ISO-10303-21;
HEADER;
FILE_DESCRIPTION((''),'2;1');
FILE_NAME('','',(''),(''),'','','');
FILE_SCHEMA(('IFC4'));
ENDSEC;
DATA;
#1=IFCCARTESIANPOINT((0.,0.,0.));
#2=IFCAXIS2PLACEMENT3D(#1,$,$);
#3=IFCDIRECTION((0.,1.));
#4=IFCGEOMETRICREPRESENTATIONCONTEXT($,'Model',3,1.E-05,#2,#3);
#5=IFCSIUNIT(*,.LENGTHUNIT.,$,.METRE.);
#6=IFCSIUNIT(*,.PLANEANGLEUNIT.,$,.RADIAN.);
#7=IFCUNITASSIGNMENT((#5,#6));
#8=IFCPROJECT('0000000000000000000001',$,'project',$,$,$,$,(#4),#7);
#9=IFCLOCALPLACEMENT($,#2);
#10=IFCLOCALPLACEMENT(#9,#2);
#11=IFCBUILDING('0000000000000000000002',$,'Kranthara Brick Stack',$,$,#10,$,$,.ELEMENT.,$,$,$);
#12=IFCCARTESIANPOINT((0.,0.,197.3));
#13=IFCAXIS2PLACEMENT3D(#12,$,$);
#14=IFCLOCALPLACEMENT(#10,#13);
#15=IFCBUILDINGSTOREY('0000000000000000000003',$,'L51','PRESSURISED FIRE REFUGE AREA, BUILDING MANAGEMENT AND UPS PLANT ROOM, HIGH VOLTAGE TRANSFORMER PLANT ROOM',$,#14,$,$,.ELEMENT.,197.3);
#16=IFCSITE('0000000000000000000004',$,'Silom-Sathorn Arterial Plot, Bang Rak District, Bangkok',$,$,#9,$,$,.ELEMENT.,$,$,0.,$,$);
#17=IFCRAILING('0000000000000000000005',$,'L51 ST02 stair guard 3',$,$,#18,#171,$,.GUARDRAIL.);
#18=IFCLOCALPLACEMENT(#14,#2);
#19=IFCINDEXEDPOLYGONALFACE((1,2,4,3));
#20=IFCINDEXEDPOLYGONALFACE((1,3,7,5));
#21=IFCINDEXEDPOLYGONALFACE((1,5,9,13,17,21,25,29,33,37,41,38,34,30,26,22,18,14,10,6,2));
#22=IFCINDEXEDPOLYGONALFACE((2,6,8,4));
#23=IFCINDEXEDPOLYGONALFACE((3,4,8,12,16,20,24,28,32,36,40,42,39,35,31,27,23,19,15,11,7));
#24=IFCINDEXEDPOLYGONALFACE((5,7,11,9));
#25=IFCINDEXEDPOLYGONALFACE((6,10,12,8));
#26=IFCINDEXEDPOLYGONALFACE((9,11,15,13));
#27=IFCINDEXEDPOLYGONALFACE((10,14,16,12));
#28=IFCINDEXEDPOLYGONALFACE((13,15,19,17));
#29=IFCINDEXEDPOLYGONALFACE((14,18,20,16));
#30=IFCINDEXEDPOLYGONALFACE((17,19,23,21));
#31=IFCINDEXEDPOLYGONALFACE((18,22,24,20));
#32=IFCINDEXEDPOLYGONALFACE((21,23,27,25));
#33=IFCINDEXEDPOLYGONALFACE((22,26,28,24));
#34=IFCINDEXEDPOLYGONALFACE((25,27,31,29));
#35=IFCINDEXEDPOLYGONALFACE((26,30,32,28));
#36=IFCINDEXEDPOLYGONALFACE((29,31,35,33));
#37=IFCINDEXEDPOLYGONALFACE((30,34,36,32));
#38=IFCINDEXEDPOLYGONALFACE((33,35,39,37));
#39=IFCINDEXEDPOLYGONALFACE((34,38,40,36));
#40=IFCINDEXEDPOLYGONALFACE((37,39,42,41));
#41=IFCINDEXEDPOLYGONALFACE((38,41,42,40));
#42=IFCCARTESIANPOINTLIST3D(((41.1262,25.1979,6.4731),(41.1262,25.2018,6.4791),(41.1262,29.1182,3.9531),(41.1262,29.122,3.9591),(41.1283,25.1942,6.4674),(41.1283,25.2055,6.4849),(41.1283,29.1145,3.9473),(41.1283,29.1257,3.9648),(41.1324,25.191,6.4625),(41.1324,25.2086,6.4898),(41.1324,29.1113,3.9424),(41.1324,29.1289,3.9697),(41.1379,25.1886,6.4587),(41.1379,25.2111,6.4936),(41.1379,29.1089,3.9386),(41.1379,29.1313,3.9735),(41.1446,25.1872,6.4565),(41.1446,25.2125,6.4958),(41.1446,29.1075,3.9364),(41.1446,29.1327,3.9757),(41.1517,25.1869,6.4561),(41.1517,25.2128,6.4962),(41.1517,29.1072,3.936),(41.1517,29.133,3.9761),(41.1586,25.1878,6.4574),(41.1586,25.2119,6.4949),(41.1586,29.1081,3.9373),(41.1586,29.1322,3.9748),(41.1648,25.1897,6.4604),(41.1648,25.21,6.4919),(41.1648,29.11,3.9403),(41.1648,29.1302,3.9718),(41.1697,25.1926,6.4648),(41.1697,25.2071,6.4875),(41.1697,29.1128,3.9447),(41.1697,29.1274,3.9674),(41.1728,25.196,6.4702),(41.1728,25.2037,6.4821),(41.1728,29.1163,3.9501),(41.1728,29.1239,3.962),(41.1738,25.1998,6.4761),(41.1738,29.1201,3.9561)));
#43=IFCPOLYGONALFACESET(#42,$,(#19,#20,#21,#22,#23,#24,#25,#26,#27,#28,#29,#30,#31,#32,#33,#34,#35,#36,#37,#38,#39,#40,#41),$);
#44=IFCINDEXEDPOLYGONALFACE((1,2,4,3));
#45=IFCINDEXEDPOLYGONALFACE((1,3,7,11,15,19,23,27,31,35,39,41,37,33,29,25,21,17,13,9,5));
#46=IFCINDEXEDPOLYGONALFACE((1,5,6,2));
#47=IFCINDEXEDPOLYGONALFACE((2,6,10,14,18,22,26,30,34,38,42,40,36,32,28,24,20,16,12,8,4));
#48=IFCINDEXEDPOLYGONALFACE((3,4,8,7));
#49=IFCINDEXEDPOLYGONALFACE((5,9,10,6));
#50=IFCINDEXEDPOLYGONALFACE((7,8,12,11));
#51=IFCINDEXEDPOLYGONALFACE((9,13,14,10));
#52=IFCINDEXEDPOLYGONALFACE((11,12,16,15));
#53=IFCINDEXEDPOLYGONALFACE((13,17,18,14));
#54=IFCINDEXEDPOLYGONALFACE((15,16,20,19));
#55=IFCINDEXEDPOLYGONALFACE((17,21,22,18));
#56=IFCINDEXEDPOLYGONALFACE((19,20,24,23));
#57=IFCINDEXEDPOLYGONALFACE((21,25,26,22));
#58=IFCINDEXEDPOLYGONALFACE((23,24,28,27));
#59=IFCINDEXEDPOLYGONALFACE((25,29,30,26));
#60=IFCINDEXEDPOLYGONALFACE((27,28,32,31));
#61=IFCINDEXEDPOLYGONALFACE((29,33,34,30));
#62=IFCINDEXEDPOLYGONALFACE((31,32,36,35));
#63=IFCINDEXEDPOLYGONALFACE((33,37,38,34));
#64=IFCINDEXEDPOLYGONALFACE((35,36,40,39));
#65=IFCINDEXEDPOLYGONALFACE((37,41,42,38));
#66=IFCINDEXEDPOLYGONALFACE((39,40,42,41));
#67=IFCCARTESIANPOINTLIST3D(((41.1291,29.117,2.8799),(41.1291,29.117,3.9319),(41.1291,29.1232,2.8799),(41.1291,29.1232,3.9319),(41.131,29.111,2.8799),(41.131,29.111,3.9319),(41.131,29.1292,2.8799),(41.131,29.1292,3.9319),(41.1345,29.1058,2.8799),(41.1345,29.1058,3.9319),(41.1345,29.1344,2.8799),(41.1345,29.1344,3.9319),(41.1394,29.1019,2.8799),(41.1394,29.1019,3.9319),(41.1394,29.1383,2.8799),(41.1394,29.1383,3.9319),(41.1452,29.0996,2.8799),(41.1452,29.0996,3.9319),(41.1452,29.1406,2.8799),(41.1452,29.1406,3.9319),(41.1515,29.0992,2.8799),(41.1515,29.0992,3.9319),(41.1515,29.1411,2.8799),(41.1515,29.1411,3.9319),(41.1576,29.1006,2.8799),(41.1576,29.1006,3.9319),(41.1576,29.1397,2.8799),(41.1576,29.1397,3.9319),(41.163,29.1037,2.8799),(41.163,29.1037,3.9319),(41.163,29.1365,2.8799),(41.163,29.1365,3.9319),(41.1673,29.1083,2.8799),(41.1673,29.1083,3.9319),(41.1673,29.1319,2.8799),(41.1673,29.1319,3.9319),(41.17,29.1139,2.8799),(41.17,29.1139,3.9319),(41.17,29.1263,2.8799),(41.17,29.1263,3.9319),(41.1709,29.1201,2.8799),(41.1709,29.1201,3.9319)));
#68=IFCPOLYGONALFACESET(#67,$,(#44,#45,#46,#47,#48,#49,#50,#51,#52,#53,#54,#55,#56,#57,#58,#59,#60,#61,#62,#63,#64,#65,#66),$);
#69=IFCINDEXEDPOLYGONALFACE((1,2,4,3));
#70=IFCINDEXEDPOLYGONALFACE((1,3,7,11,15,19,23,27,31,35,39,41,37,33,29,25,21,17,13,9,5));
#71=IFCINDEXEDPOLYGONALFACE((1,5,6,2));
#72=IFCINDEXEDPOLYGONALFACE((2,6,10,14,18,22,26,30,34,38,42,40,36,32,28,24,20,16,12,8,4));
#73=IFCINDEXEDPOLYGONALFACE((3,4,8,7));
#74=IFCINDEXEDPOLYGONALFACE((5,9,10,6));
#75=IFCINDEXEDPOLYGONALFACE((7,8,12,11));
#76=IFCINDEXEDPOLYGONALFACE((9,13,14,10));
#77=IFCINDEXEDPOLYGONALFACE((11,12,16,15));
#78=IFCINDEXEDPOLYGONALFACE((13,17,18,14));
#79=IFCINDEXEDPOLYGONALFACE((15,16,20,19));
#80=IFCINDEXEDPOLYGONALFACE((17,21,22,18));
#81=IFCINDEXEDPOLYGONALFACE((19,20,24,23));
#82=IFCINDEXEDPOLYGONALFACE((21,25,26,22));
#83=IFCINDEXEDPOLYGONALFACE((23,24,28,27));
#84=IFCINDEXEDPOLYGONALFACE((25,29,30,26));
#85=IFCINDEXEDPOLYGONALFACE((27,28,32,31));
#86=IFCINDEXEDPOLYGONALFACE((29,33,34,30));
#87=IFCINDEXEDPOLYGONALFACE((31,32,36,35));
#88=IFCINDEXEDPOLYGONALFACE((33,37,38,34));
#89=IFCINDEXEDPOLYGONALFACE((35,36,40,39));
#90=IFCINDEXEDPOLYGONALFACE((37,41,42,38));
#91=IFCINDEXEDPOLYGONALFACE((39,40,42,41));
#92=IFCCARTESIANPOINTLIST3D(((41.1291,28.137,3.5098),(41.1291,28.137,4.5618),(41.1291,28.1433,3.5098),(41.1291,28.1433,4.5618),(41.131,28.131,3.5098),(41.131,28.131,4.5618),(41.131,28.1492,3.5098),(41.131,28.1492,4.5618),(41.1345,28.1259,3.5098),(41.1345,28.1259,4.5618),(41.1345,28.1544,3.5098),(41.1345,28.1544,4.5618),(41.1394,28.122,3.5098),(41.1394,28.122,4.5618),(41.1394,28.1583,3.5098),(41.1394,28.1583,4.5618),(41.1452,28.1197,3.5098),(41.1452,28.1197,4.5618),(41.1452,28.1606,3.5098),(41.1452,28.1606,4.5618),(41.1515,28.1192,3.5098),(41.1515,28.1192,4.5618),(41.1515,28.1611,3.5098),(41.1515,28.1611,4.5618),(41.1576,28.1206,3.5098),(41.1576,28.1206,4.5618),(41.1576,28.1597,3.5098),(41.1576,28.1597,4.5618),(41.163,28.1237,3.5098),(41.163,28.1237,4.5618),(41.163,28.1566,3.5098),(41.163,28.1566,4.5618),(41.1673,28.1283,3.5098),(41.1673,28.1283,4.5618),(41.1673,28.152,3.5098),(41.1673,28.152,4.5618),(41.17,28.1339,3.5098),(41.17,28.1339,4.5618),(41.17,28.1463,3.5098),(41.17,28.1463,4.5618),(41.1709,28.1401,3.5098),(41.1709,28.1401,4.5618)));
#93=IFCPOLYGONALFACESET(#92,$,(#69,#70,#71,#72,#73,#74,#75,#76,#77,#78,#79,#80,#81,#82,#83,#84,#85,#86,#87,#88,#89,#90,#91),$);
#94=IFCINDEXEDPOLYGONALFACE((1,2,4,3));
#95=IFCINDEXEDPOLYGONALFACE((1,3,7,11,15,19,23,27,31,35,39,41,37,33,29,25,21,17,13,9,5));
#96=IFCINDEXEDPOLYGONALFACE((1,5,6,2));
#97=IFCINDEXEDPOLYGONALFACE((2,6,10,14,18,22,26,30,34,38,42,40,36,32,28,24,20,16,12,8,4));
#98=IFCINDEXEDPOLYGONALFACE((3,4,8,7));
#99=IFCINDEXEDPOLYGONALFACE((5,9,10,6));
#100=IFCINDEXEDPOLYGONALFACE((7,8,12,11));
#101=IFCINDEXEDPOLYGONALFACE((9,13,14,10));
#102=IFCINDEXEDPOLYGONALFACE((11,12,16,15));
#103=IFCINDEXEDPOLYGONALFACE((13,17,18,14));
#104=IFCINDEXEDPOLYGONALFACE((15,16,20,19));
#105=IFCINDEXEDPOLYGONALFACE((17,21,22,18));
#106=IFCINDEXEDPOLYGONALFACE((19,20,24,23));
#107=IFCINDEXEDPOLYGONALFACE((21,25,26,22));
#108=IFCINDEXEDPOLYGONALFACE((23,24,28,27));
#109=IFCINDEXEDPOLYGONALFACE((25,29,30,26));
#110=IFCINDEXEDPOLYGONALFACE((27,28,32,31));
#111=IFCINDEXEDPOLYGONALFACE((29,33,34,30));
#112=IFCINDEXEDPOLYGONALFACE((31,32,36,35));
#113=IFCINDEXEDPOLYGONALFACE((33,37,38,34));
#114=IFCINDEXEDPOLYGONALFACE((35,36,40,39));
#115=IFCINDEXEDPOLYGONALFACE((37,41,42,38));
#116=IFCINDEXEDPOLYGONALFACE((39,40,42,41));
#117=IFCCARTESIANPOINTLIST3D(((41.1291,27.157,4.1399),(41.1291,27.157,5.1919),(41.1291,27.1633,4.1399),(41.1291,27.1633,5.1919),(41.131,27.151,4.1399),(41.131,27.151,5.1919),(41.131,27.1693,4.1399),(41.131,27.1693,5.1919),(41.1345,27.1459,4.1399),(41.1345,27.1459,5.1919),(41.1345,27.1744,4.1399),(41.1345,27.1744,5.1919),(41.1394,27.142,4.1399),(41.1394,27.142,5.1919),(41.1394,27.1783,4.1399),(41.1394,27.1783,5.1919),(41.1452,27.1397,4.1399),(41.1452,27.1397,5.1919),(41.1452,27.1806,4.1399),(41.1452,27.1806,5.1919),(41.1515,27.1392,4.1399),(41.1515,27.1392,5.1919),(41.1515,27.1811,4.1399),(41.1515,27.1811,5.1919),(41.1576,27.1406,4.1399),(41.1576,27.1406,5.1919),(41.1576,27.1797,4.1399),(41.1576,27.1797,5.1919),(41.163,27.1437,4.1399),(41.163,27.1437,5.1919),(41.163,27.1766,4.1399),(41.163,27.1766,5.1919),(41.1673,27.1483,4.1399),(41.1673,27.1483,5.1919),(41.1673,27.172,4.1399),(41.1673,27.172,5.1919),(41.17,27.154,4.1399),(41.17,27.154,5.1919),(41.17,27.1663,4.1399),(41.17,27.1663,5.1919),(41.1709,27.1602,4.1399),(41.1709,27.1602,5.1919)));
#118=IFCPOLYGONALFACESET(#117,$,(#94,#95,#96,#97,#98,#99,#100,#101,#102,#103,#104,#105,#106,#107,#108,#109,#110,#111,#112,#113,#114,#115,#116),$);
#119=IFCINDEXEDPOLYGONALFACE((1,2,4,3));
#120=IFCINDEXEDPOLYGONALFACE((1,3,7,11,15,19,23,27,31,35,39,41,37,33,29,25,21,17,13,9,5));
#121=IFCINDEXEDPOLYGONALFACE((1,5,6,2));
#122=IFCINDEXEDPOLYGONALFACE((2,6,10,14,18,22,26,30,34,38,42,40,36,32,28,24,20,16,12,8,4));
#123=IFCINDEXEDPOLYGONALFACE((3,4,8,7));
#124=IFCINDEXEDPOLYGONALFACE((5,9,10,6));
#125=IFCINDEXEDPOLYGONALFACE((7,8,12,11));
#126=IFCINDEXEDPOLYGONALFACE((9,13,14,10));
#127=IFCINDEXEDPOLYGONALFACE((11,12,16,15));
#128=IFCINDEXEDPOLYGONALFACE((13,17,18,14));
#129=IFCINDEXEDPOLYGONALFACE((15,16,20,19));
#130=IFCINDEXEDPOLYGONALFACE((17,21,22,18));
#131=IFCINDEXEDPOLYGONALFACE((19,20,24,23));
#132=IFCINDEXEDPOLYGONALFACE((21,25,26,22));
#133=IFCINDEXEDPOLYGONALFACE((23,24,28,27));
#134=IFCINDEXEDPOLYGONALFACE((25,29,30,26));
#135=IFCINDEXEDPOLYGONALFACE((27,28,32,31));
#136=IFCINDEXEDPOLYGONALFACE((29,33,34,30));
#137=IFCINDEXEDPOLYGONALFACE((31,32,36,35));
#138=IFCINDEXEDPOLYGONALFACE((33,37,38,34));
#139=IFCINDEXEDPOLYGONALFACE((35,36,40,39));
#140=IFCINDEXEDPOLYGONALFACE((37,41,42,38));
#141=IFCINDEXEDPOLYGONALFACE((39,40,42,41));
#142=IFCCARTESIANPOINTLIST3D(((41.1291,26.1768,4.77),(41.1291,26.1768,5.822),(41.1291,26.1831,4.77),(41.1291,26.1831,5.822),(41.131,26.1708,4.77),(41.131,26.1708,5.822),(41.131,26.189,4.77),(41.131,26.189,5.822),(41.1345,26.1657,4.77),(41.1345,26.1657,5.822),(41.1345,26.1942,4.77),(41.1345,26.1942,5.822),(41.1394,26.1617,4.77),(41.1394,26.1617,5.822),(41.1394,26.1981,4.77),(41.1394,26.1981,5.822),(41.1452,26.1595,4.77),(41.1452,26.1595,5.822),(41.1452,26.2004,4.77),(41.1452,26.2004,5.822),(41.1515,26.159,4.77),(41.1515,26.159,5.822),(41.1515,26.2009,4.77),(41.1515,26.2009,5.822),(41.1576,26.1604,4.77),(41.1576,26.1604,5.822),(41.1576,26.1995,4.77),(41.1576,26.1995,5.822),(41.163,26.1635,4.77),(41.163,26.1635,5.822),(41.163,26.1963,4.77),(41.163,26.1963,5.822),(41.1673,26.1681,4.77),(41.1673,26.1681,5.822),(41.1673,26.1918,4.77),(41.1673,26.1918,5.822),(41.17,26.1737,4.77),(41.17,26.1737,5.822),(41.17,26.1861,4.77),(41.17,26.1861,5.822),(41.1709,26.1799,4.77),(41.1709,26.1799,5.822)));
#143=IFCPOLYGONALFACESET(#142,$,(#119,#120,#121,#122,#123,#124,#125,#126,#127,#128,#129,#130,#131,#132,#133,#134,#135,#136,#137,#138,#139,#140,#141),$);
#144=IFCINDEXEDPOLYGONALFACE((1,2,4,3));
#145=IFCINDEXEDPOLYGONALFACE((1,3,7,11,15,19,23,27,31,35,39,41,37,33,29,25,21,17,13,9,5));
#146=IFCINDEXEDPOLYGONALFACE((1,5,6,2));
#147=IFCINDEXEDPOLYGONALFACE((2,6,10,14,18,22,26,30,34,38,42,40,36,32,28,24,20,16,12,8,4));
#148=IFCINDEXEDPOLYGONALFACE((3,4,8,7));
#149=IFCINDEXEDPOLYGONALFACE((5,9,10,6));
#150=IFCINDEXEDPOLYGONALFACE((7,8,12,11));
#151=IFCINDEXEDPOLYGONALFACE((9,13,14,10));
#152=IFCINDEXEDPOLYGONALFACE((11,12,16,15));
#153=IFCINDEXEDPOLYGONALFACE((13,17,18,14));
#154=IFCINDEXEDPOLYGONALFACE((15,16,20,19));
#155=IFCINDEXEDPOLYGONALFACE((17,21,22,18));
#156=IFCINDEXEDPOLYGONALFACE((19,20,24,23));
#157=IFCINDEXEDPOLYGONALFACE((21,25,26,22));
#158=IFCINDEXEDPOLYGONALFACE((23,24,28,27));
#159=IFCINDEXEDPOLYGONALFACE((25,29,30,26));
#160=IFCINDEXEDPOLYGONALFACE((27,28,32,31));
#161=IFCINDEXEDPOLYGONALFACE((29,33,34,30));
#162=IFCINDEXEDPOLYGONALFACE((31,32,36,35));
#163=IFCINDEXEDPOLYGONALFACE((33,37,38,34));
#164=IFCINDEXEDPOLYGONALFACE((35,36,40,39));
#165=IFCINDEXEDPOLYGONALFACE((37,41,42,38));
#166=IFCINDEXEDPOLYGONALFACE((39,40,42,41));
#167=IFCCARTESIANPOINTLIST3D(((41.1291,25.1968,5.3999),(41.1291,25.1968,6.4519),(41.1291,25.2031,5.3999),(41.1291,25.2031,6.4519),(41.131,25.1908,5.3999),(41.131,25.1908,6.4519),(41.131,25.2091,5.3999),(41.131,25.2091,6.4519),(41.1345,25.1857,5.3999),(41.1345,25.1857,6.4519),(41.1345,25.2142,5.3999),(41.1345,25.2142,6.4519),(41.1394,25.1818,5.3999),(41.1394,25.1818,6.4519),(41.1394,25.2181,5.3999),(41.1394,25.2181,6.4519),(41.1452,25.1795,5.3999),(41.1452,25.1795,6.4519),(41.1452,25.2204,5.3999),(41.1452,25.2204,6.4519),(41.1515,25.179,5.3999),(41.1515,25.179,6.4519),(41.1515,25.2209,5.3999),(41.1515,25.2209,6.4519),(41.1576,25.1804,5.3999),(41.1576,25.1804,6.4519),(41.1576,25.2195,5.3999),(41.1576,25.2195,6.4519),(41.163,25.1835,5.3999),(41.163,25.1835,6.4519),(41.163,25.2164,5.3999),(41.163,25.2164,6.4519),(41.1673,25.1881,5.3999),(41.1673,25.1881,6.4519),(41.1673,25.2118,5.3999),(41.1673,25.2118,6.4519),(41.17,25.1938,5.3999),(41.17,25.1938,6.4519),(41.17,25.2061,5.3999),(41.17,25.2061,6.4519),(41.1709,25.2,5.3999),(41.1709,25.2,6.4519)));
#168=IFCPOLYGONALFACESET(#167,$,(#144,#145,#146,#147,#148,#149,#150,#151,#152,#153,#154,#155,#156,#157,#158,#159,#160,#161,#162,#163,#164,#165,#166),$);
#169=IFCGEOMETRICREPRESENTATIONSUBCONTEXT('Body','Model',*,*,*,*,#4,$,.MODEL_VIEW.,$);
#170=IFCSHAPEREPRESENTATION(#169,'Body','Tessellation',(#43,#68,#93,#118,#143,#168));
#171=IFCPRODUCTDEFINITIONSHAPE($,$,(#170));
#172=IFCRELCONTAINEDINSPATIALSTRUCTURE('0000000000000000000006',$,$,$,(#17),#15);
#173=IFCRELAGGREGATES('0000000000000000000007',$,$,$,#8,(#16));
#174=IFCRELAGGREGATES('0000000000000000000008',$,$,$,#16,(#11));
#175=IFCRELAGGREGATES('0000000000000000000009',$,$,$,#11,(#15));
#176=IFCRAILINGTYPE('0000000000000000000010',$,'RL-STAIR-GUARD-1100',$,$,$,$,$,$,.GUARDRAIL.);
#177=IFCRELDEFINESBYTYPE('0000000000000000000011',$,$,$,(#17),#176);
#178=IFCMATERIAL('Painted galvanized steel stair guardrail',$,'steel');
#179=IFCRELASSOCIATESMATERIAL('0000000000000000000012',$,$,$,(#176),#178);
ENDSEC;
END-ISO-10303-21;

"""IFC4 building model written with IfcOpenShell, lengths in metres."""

from ifc_helpers import new_model, si_unit, direction, frame, origin, origin_2d, place, context, subcontext, project, spatial, circle, extrude, material, type_object, element, save


model = new_model("IFC4")

# Units and contexts
model_context = context("Model", 3, precision=1e-05, world=origin(), true_north=direction((0.0, 1.0)))
body_context = subcontext(model_context, "Body", "Model", "MODEL_VIEW")
ifc_project = project(units=[si_unit("LENGTHUNIT", "METRE"), si_unit("PLANEANGLEUNIT", "RADIAN")], contexts=[model_context])

# Site, building, storey
site_placement = place(None, origin())
site = spatial("IfcSite", under=ifc_project, at=site_placement, Name="Silom-Sathorn Arterial Plot, Bang Rak District, Bangkok", CompositionType="ELEMENT", RefElevation=0.0)
building_placement = place(site_placement, origin())
building = spatial("IfcBuilding", under=site, at=building_placement, Name="Kranthara Brick Stack", CompositionType="ELEMENT")
storey_placement = place(building_placement, frame((0.0, 0.0, 197.3)))
storey = spatial("IfcBuildingStorey", under=building, at=storey_placement, Name="L51", Description="PRESSURISED FIRE REFUGE AREA, BUILDING MANAGEMENT AND UPS PLANT ROOM, HIGH VOLTAGE TRANSFORMER PLANT ROOM", CompositionType="ELEMENT", Elevation=197.3)

# Railing
ifc_material_1 = material(Name="Painted galvanized steel stair guardrail", Category="steel")
railing_type_1 = type_object("IfcRailingType", Name="RL-STAIR-GUARD-1100", PredefinedType="GUARDRAIL", material=ifc_material_1)
railing_1_placement = place(storey_placement, frame((41.1499, 29.1201, 2.8799)))
element("IfcRailing", 1, at=railing_1_placement, inside=storey, type_object=railing_type_1, Name="L51 ST02 stair guard 3", PredefinedType="GUARDRAIL", context=body_context, shape_type="SweptSolid", body=[
    extrude(circle(Radius=0.0239, at=origin_2d()), frame((0.0, 0.0, 1.0762), z_axis=(0.0, -0.841187, 0.540744), x_axis=(1.0, 0.0, 0.0)), (0.0, 0.0, 1.0), 4.6604),
    extrude(circle(Radius=0.021, at=origin_2d()), origin(), (0.0, 0.0, 1.0), 1.052),
    extrude(circle(Radius=0.021, at=origin_2d()), frame((0.0, -0.98, 0.6299)), (0.0, 0.0, 1.0), 1.052),
    extrude(circle(Radius=0.021, at=origin_2d()), frame((0.0, -1.96, 1.26)), (0.0, 0.0, 1.0), 1.052),
    extrude(circle(Radius=0.021, at=origin_2d()), frame((0.0, -2.9402, 1.8901)), (0.0, 0.0, 1.0), 1.052),
    extrude(circle(Radius=0.021, at=origin_2d()), frame((0.0, -3.9202, 2.52)), (0.0, 0.0, 1.0), 1.052),
])

save(model, "model.ifc")
